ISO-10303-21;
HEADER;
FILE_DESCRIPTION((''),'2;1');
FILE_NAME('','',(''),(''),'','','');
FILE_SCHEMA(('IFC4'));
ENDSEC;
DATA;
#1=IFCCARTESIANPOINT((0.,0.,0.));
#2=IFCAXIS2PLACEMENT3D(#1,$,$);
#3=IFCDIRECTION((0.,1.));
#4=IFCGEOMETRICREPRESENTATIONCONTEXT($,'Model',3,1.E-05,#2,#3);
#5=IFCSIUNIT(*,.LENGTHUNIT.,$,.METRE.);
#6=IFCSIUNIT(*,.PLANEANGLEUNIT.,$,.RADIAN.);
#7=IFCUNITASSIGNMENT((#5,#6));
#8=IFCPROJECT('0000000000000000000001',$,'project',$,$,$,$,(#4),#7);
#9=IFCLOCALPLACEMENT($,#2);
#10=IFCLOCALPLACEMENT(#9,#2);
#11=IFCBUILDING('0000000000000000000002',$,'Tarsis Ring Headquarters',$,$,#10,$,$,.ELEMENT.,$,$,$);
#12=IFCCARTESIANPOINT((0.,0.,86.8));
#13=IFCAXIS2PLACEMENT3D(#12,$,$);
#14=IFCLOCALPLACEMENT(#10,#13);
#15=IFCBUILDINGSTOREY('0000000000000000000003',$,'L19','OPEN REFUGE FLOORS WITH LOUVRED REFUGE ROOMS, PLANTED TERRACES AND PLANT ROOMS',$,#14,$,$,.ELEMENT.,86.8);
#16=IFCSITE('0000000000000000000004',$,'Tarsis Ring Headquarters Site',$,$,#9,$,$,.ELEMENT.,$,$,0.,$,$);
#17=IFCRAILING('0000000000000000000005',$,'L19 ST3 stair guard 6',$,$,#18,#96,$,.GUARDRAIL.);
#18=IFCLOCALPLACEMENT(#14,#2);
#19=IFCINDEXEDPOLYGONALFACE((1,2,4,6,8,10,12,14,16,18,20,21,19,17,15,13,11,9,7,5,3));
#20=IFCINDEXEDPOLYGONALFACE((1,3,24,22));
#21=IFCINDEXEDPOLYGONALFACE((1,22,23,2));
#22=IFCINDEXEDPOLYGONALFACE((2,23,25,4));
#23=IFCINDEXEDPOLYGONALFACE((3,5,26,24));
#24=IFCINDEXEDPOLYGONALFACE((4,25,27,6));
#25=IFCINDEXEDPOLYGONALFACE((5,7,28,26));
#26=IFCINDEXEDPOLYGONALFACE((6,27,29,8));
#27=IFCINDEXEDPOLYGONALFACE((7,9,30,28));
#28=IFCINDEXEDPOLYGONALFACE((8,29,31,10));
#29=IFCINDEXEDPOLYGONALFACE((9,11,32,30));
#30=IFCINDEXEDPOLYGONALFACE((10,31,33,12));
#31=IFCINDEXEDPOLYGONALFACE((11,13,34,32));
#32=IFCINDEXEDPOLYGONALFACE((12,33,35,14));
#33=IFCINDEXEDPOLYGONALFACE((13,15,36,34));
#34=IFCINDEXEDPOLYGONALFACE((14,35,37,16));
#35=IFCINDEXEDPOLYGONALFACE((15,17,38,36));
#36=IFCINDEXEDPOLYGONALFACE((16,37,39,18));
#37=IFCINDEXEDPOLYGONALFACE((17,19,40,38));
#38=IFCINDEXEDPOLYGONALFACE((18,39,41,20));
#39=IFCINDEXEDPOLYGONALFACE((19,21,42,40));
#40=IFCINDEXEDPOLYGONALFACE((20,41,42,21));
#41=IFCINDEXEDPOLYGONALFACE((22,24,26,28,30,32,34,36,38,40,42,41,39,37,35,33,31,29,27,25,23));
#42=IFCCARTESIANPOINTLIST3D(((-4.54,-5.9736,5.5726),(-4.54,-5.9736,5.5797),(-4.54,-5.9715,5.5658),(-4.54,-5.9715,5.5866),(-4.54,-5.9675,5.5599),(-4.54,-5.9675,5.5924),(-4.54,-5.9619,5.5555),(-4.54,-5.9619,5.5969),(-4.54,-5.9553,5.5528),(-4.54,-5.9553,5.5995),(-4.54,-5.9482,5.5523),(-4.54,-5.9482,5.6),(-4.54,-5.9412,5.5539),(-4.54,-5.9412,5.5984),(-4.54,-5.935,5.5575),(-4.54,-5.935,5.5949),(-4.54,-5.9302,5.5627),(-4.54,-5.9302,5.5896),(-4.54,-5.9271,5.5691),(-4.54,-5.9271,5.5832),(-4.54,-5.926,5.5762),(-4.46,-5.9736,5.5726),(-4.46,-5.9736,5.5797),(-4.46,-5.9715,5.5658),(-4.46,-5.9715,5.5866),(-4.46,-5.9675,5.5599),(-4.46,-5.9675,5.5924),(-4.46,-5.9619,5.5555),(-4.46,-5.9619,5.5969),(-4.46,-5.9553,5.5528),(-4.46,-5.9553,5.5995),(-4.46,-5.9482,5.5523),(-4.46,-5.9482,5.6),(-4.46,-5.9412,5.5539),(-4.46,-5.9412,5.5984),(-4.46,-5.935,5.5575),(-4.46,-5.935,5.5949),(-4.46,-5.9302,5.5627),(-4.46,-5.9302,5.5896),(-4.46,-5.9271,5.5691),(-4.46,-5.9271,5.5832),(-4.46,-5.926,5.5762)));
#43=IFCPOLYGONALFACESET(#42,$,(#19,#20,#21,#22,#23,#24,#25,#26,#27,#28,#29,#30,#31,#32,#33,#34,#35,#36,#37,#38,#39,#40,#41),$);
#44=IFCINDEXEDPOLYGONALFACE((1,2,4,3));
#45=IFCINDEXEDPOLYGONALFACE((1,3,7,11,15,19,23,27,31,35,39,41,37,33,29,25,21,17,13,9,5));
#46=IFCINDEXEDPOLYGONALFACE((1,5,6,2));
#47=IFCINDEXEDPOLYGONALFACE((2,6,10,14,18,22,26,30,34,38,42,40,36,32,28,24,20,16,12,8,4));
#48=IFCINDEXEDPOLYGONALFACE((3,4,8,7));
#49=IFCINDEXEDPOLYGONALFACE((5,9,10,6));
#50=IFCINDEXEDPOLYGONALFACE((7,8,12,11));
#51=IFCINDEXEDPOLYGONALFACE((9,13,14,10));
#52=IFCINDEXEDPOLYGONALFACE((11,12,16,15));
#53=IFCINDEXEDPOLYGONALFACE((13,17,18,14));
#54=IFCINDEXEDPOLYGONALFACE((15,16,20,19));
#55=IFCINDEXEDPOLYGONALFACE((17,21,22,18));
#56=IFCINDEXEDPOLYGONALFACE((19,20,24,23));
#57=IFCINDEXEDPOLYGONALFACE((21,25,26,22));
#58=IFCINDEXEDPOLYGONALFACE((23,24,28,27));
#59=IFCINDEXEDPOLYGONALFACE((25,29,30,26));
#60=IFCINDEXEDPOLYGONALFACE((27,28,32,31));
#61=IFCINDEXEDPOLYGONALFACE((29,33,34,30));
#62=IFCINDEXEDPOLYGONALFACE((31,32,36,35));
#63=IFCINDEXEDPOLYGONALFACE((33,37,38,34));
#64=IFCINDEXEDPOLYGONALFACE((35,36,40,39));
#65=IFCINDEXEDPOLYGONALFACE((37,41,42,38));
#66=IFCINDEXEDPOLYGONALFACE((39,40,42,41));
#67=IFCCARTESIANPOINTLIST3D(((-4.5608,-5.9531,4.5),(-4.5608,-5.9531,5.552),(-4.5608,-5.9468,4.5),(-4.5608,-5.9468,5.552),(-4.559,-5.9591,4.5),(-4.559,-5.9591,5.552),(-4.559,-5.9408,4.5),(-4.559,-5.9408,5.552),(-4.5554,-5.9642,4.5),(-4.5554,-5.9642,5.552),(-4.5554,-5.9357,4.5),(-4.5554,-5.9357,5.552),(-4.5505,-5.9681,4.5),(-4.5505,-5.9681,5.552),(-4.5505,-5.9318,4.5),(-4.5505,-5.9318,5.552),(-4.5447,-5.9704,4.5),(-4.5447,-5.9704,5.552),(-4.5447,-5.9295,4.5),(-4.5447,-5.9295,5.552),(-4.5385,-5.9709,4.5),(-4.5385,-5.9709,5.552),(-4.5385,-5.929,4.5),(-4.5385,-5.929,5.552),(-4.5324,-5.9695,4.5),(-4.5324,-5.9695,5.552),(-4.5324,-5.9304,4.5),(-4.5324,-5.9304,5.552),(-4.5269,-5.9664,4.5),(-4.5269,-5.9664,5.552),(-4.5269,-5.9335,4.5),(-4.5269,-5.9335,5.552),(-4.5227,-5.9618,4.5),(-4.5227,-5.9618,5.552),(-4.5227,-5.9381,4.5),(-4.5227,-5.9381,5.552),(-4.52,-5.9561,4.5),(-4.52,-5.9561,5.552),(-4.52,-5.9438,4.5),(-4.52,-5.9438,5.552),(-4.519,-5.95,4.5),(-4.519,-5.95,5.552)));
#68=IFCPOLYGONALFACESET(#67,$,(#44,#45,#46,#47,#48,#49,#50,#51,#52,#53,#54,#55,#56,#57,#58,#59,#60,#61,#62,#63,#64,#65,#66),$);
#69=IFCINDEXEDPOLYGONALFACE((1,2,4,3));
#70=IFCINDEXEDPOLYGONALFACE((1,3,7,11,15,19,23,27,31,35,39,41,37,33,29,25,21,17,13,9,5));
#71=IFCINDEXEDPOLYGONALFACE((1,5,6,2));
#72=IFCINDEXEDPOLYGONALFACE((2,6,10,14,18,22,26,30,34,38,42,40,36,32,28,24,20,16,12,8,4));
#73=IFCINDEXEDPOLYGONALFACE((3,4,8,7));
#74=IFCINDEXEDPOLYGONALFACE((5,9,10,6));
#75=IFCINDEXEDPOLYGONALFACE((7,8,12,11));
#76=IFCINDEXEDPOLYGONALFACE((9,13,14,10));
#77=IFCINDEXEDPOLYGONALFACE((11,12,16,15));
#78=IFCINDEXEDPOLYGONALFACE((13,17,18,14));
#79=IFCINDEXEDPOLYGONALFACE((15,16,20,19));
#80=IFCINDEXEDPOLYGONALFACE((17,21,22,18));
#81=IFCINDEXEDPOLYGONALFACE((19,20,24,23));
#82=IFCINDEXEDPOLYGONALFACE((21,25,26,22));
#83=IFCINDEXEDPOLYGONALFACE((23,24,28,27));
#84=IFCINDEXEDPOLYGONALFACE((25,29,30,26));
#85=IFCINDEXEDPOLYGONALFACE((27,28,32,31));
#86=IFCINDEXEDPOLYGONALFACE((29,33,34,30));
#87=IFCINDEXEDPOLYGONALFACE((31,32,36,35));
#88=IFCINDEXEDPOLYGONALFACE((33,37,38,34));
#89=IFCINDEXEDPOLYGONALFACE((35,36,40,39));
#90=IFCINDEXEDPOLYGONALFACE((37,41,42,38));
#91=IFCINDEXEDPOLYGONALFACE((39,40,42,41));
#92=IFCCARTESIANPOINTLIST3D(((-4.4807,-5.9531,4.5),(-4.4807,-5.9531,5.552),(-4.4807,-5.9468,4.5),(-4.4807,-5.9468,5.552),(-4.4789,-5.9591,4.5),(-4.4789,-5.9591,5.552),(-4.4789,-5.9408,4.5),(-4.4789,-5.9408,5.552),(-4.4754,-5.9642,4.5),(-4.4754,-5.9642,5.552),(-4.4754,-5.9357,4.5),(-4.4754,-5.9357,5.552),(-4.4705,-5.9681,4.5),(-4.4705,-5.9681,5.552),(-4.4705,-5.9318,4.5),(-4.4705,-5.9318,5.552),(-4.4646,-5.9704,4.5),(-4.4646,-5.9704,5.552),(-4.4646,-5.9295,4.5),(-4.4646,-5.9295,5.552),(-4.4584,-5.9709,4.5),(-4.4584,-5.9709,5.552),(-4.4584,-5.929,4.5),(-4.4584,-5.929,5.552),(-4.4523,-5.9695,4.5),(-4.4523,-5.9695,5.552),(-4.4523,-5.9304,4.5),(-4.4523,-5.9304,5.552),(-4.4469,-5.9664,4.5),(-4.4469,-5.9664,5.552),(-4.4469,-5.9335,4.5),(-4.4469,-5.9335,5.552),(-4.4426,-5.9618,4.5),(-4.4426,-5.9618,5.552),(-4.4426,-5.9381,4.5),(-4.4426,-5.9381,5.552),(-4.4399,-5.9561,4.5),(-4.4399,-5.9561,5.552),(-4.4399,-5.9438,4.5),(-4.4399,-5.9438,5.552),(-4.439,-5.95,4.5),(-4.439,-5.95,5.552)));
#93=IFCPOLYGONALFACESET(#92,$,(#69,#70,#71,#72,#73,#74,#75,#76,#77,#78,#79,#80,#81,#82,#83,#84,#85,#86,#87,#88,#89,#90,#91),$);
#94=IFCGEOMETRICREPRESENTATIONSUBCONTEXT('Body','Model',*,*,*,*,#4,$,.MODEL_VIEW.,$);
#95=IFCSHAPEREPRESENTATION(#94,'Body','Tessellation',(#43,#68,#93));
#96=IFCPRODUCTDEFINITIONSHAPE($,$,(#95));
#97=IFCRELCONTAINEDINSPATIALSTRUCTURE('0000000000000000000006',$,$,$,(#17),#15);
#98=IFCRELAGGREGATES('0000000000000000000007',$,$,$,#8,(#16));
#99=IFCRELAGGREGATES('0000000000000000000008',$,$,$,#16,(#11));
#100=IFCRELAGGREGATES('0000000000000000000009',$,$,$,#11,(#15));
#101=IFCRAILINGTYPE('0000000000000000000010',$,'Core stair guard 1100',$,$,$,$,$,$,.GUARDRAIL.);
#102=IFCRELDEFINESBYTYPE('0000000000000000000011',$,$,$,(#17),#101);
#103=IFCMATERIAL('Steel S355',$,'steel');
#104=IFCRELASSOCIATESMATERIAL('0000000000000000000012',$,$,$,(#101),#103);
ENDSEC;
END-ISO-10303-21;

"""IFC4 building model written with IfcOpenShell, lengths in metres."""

from ifc_helpers import new_model, si_unit, direction, frame, origin, origin_2d, place, context, subcontext, project, spatial, circle, extrude, material, type_object, element, save


model = new_model("IFC4")

# Units and contexts
model_context = context("Model", 3, precision=1e-05, world=origin(), true_north=direction((0.0, 1.0)))
body_context = subcontext(model_context, "Body", "Model", "MODEL_VIEW")
ifc_project = project(units=[si_unit("LENGTHUNIT", "METRE"), si_unit("PLANEANGLEUNIT", "RADIAN")], contexts=[model_context])

# Site, building, storey
site_placement = place(None, origin())
site = spatial("IfcSite", under=ifc_project, at=site_placement, Name="Tarsis Ring Headquarters Site", CompositionType="ELEMENT", RefElevation=0.0)
building_placement = place(site_placement, origin())
building = spatial("IfcBuilding", under=site, at=building_placement, Name="Tarsis Ring Headquarters", CompositionType="ELEMENT")
storey_placement = place(building_placement, frame((0.0, 0.0, 86.8)))
storey = spatial("IfcBuildingStorey", under=building, at=storey_placement, Name="L19", Description="OPEN REFUGE FLOORS WITH LOUVRED REFUGE ROOMS, PLANTED TERRACES AND PLANT ROOMS", CompositionType="ELEMENT", Elevation=86.8)

# Railing
ifc_material_1 = material(Name="Steel S355", Category="steel")
railing_type_1 = type_object("IfcRailingType", Name="Core stair guard 1100", PredefinedType="GUARDRAIL", material=ifc_material_1)
railing_1_placement = place(storey_placement, frame((-4.54, -5.95, 4.5)))
element("IfcRailing", 1, at=railing_1_placement, inside=storey, type_object=railing_type_1, Name="L19 ST3 stair guard 6", PredefinedType="GUARDRAIL", context=body_context, shape_type="SweptSolid", body=[
    extrude(circle(Radius=0.0239, at=origin_2d()), frame((0.0, 0.0, 1.0762), z_axis=(1.0, 0.0, 0.0), x_axis=(0.0, 1.0, 0.0)), (0.0, 0.0, 1.0), 0.0801),
    extrude(circle(Radius=0.021, at=origin_2d()), origin(), (0.0, 0.0, 1.0), 1.052),
    extrude(circle(Radius=0.021, at=origin_2d()), frame((0.0801, 0.0, 0.0)), (0.0, 0.0, 1.0), 1.052),
])

save(model, "model.ifc")
